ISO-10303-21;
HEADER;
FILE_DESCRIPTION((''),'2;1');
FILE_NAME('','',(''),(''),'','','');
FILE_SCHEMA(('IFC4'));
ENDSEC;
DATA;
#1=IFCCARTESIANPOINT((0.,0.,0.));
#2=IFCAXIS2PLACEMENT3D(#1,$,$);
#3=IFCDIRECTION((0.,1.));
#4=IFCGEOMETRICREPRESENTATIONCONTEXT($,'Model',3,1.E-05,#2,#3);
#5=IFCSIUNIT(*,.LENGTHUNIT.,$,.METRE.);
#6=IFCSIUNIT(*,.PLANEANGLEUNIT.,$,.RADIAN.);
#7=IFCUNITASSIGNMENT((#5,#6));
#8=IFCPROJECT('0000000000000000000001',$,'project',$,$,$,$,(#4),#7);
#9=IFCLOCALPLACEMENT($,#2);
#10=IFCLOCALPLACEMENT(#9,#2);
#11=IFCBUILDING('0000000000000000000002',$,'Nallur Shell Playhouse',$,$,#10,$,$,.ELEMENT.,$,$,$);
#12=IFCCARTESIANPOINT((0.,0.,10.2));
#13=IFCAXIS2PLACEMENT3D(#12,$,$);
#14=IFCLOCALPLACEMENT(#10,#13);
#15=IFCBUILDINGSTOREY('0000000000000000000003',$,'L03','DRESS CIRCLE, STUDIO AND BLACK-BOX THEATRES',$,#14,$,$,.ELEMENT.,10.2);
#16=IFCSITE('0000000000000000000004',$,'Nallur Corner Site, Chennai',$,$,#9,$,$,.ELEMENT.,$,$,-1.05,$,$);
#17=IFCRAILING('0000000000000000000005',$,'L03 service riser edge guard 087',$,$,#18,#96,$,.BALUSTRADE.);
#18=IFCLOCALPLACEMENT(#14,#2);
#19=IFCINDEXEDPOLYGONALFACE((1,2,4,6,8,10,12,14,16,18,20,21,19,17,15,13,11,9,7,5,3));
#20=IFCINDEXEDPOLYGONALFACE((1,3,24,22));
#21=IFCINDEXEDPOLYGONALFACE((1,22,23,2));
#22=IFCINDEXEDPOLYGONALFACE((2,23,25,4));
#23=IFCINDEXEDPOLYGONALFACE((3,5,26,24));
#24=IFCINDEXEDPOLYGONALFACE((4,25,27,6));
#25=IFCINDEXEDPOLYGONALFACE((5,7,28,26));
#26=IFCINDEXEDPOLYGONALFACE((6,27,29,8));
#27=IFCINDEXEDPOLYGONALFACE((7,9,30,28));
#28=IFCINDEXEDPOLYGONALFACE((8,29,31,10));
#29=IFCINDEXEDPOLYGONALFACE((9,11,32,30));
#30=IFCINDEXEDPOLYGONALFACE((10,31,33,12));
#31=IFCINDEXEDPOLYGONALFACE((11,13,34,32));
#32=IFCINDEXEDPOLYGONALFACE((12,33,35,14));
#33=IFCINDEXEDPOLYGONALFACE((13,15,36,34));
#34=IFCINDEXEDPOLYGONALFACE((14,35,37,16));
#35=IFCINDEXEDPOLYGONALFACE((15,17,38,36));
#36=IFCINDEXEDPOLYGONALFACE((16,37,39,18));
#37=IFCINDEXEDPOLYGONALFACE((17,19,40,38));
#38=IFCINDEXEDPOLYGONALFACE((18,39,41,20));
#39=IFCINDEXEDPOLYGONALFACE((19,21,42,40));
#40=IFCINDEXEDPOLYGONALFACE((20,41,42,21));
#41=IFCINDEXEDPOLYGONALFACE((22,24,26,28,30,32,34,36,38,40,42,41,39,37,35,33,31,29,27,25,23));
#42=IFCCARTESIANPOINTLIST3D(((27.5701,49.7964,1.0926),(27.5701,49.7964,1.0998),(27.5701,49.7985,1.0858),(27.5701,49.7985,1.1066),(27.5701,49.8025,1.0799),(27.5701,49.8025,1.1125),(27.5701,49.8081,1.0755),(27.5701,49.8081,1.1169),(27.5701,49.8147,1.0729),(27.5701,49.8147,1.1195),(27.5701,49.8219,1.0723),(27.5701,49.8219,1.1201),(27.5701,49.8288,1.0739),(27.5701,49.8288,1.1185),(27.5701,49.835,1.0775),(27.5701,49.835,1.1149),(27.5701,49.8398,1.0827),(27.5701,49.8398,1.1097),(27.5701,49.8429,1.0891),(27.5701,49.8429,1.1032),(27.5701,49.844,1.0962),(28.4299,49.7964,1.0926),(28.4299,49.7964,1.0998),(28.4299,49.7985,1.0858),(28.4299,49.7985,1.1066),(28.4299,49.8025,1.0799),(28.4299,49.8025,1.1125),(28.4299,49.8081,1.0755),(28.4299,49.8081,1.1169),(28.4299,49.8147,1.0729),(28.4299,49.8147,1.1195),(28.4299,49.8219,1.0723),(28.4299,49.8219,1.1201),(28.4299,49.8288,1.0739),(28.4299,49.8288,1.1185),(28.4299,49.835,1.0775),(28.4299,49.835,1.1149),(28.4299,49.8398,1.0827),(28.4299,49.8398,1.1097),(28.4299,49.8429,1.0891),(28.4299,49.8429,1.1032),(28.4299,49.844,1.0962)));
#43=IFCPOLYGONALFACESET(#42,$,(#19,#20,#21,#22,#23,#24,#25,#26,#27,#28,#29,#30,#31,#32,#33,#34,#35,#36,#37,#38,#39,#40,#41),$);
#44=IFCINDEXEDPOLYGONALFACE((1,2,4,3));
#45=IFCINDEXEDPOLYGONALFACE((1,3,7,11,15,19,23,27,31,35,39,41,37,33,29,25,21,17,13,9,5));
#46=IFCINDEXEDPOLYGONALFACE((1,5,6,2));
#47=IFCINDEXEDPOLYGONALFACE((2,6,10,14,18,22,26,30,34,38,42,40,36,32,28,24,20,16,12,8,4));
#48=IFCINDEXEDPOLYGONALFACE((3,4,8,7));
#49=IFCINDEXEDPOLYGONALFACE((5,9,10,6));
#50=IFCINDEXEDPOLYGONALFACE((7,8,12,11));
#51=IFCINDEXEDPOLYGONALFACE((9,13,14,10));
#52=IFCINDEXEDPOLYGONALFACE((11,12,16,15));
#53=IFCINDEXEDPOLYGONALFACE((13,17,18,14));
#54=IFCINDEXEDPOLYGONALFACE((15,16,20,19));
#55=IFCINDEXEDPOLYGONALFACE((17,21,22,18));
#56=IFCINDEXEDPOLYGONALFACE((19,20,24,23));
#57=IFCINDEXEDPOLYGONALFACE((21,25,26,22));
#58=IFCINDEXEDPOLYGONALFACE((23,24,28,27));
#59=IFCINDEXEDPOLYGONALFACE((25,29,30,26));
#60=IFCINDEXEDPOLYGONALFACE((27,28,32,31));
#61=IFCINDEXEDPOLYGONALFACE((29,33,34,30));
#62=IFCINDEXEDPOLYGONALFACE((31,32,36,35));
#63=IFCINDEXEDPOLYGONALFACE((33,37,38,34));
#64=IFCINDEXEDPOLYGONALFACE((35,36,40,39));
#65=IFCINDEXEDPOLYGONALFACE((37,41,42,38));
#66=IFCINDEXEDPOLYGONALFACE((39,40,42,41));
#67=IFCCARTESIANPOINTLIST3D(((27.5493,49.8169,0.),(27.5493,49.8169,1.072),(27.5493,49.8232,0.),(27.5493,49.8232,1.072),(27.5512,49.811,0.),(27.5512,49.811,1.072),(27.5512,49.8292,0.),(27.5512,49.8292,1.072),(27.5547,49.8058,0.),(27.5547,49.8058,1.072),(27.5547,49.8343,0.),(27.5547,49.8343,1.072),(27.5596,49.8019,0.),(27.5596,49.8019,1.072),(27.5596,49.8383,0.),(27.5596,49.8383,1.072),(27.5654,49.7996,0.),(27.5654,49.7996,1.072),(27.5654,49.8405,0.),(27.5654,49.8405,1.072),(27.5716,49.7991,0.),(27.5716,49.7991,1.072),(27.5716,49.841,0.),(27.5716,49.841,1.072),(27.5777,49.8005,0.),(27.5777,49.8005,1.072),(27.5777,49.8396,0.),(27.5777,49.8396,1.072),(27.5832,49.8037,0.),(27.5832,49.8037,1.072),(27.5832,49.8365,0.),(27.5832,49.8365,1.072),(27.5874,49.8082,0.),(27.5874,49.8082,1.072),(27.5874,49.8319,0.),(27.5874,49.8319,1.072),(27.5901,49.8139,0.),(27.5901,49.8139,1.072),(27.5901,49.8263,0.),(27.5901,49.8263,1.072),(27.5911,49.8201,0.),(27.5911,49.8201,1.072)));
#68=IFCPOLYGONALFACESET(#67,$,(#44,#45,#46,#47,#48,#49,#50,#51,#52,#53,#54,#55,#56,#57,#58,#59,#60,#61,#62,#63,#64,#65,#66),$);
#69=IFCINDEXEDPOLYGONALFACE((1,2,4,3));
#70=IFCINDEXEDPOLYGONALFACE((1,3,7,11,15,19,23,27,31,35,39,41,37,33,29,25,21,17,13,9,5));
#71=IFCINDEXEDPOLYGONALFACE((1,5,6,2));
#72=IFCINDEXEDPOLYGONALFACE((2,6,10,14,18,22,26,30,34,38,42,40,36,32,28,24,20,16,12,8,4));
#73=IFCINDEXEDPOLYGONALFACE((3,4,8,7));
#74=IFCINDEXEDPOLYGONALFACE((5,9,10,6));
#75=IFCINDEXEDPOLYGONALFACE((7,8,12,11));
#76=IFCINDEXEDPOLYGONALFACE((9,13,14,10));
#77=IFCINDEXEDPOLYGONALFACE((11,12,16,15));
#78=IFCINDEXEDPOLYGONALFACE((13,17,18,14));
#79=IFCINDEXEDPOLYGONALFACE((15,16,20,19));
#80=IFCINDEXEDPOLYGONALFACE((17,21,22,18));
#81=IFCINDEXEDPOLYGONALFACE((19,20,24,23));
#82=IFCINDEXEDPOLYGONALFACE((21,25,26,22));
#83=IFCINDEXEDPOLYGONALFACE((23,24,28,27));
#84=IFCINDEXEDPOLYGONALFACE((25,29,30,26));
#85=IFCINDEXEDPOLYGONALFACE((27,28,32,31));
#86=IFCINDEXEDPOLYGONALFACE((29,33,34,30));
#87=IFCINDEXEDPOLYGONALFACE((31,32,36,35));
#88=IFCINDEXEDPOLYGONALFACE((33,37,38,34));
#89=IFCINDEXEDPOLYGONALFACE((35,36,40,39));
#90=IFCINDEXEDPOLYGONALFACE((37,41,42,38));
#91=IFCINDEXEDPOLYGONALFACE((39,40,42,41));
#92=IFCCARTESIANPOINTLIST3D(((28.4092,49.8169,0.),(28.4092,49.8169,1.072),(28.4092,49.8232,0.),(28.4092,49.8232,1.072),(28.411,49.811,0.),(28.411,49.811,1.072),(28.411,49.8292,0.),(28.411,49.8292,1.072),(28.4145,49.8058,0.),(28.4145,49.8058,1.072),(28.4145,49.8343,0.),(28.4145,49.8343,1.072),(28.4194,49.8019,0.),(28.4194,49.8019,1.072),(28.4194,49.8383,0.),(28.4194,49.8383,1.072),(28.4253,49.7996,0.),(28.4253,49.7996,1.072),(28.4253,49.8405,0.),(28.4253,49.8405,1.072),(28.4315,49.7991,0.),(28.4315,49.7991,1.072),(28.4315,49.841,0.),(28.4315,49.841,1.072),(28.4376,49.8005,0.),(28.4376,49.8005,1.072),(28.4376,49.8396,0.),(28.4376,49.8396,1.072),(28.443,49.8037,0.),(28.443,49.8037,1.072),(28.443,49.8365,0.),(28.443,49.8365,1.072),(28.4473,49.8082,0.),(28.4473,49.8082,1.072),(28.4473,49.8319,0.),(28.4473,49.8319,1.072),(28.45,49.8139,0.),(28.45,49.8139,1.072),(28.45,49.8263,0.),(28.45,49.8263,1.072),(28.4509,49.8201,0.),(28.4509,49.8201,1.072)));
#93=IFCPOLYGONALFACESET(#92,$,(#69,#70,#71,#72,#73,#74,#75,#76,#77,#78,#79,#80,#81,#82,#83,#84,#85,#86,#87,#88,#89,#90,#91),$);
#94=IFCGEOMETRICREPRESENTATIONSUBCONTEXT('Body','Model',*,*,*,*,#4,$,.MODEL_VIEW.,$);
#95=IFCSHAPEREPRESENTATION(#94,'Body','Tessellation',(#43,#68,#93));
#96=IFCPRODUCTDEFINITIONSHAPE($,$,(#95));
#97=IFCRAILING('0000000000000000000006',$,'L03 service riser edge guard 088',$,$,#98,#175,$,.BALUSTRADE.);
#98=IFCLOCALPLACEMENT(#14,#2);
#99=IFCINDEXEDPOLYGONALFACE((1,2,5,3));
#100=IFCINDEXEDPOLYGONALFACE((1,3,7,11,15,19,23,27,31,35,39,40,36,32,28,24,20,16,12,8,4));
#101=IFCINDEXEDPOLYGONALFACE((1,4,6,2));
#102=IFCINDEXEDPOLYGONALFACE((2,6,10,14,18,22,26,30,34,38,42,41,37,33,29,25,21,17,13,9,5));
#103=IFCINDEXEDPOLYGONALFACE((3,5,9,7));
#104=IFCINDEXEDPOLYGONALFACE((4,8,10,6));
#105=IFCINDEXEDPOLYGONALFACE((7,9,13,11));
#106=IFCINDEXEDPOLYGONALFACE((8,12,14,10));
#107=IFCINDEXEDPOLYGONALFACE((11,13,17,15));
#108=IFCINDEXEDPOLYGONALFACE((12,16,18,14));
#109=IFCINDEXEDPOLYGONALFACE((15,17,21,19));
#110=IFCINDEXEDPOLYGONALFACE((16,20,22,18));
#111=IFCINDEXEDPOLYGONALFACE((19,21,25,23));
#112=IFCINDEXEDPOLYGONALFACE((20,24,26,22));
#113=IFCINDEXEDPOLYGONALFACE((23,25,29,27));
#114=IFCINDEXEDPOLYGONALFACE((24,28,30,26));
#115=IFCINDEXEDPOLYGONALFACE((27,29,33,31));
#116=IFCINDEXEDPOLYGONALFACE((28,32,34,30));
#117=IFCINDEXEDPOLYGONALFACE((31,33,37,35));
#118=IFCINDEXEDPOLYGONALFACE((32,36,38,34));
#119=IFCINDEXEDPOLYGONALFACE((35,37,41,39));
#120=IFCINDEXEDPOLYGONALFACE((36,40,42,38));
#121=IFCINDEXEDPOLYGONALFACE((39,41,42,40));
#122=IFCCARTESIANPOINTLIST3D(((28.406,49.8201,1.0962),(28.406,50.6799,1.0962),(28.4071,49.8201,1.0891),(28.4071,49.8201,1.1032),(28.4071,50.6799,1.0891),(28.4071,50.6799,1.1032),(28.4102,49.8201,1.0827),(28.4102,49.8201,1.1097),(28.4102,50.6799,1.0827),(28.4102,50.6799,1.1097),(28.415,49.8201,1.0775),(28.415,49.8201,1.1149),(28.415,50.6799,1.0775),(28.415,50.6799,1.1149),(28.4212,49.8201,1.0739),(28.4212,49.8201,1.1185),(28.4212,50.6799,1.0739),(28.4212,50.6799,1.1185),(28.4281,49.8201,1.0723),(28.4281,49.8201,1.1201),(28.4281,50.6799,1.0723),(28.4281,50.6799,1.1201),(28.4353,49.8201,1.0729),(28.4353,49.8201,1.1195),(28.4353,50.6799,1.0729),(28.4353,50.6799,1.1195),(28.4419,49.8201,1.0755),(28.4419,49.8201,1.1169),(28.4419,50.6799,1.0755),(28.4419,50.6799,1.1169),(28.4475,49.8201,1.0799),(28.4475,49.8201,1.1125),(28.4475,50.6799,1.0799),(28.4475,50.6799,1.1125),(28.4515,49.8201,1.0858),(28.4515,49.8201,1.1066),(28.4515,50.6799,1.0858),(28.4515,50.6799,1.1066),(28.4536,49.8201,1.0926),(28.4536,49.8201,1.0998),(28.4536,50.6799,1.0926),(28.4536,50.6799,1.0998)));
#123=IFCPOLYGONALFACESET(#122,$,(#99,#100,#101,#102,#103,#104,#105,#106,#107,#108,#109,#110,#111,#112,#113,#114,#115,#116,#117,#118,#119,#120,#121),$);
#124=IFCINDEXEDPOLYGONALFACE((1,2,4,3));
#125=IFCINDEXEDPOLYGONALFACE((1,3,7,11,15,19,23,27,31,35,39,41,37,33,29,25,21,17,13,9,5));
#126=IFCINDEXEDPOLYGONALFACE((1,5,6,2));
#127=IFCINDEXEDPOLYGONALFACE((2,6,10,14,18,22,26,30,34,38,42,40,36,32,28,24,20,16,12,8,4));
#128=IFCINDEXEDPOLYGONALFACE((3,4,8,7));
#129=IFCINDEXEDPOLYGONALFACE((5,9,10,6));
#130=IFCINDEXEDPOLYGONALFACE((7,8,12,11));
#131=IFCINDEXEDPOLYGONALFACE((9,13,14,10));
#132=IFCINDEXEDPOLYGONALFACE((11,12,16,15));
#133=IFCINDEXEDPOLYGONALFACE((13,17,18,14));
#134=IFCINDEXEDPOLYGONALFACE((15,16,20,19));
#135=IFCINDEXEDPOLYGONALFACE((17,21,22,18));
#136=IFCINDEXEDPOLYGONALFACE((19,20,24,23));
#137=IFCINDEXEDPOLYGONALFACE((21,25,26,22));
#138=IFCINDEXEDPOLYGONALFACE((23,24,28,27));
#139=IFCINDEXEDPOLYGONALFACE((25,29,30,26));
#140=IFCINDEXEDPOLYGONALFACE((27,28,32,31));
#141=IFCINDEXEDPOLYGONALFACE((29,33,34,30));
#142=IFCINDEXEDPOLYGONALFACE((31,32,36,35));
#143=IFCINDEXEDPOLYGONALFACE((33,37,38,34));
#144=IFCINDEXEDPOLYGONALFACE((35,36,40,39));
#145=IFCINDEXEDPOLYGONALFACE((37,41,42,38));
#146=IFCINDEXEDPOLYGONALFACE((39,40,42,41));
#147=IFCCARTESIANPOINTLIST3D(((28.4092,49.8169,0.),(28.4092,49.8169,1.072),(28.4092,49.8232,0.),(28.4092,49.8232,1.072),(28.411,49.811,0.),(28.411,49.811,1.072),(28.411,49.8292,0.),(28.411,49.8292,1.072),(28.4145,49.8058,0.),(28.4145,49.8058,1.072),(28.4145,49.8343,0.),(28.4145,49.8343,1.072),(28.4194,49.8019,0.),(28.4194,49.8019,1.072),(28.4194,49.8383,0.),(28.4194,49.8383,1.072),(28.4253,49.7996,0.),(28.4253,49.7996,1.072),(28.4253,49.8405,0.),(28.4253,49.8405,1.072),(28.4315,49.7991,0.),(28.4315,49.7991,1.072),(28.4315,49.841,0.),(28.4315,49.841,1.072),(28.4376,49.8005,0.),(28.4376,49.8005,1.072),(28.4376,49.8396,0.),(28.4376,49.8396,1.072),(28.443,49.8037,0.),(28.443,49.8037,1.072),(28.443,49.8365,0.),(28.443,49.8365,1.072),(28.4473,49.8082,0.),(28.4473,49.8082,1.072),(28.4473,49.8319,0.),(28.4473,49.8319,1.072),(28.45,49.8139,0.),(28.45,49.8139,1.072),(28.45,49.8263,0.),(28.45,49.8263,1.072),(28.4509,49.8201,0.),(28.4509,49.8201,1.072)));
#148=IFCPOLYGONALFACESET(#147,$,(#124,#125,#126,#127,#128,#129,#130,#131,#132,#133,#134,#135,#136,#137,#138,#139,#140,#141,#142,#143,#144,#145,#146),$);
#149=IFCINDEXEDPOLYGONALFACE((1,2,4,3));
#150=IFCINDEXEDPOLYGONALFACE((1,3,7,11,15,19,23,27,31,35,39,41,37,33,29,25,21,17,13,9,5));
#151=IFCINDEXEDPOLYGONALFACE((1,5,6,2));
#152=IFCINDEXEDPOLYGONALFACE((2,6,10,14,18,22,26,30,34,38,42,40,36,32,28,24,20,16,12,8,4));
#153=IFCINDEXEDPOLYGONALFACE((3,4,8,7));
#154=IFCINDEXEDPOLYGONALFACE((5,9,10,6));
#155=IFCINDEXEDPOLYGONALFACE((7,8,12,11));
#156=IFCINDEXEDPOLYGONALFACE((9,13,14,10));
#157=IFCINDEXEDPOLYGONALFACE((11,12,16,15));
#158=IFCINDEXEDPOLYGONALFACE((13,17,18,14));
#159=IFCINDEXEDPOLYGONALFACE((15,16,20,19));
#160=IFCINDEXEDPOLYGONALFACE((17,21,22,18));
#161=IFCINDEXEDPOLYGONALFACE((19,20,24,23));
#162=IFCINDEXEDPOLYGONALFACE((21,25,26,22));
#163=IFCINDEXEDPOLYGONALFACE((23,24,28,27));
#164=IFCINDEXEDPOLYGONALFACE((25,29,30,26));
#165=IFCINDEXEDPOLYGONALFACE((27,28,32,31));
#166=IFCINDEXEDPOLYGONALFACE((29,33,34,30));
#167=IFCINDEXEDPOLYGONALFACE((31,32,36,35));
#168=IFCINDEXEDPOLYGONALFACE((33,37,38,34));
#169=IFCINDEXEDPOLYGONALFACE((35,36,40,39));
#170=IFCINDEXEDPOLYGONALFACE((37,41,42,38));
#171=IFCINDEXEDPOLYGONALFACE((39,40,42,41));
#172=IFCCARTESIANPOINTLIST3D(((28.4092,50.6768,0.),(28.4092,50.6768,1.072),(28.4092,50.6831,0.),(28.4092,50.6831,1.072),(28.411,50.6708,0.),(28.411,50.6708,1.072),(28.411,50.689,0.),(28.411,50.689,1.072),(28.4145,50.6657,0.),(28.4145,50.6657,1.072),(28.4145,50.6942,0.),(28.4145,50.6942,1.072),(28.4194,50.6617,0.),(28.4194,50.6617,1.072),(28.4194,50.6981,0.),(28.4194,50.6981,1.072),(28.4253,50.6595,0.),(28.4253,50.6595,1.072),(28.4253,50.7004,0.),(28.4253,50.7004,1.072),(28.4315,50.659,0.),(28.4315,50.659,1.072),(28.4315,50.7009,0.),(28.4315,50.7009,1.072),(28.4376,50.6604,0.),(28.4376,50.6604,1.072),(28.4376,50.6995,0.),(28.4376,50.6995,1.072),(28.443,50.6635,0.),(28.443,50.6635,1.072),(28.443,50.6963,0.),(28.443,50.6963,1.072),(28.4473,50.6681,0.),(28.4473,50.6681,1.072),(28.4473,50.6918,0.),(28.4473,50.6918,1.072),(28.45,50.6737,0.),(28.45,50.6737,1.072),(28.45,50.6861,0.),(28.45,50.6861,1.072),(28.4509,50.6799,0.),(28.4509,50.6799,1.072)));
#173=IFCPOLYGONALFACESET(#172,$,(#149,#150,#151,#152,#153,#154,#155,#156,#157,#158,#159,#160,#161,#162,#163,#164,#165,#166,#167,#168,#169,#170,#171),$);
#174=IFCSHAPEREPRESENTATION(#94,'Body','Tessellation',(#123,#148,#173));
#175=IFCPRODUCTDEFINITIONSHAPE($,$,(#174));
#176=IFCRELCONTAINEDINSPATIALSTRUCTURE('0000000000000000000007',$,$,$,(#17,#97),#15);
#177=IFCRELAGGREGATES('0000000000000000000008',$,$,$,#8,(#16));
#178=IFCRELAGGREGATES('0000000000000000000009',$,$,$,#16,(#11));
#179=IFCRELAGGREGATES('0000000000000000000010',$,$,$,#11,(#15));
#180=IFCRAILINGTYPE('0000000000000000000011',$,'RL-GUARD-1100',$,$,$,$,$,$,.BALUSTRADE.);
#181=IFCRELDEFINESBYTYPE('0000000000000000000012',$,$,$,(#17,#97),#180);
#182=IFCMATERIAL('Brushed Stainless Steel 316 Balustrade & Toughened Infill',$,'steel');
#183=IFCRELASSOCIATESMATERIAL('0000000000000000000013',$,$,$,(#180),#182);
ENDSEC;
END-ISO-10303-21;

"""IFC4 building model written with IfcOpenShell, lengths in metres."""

from ifc_helpers import new_model, si_unit, direction, frame, origin, origin_2d, place, context, subcontext, project, spatial, circle, extrude, material, type_object, element, save


model = new_model("IFC4")

# Units and contexts
model_context = context("Model", 3, precision=1e-05, world=origin(), true_north=direction((0.0, 1.0)))
body_context = subcontext(model_context, "Body", "Model", "MODEL_VIEW")
ifc_project = project(units=[si_unit("LENGTHUNIT", "METRE"), si_unit("PLANEANGLEUNIT", "RADIAN")], contexts=[model_context])

# Site, building, storey
site_placement = place(None, origin())
site = spatial("IfcSite", under=ifc_project, at=site_placement, Name="Nallur Corner Site, Chennai", CompositionType="ELEMENT", RefElevation=-1.05)
building_placement = place(site_placement, origin())
building = spatial("IfcBuilding", under=site, at=building_placement, Name="Nallur Shell Playhouse", CompositionType="ELEMENT")
storey_placement = place(building_placement, frame((0.0, 0.0, 10.2)))
storey = spatial("IfcBuildingStorey", under=building, at=storey_placement, Name="L03", Description="DRESS CIRCLE, STUDIO AND BLACK-BOX THEATRES", CompositionType="ELEMENT", Elevation=10.2)

# Railings
ifc_material_1 = material(Name="Brushed Stainless Steel 316 Balustrade & Toughened Infill", Category="steel")
railing_type = type_object("IfcRailingType", Name="RL-GUARD-1100", PredefinedType="BALUSTRADE", material=ifc_material_1)
railing_1_placement = place(storey_placement, frame((27.5701, 49.8201, 0.0)))
element("IfcRailing", 1, at=railing_1_placement, inside=storey, type_object=railing_type, Name="L03 service riser edge guard 087", PredefinedType="BALUSTRADE", context=body_context, shape_type="SweptSolid", body=[
    extrude(circle(Radius=0.0239, at=origin_2d()), frame((0.0, 0.0, 1.0962), z_axis=(1.0, 0.0, 0.0), x_axis=(0.0, 1.0, 0.0)), (0.0, 0.0, 1.0), 0.8599),
    extrude(circle(Radius=0.021, at=origin_2d()), origin(), (0.0, 0.0, 1.0), 1.072),
    extrude(circle(Radius=0.021, at=origin_2d()), frame((0.8599, 0.0, 0.0)), (0.0, 0.0, 1.0), 1.072),
])
railing_2_placement = place(storey_placement, frame((28.4299, 49.8201, 0.0)))
element("IfcRailing", 2, at=railing_2_placement, inside=storey, type_object=railing_type, Name="L03 service riser edge guard 088", PredefinedType="BALUSTRADE", context=body_context, shape_type="SweptSolid", body=[
    extrude(circle(Radius=0.0239, at=origin_2d()), frame((0.0, 0.0, 1.0962), z_axis=(0.0, 1.0, 0.0), x_axis=(-1.0, 0.0, 0.0)), (0.0, 0.0, 1.0), 0.8599),
    extrude(circle(Radius=0.021, at=origin_2d()), origin(), (0.0, 0.0, 1.0), 1.072),
    extrude(circle(Radius=0.021, at=origin_2d()), frame((0.0, 0.8599, 0.0)), (0.0, 0.0, 1.0), 1.072),
])

save(model, "model.ifc")
